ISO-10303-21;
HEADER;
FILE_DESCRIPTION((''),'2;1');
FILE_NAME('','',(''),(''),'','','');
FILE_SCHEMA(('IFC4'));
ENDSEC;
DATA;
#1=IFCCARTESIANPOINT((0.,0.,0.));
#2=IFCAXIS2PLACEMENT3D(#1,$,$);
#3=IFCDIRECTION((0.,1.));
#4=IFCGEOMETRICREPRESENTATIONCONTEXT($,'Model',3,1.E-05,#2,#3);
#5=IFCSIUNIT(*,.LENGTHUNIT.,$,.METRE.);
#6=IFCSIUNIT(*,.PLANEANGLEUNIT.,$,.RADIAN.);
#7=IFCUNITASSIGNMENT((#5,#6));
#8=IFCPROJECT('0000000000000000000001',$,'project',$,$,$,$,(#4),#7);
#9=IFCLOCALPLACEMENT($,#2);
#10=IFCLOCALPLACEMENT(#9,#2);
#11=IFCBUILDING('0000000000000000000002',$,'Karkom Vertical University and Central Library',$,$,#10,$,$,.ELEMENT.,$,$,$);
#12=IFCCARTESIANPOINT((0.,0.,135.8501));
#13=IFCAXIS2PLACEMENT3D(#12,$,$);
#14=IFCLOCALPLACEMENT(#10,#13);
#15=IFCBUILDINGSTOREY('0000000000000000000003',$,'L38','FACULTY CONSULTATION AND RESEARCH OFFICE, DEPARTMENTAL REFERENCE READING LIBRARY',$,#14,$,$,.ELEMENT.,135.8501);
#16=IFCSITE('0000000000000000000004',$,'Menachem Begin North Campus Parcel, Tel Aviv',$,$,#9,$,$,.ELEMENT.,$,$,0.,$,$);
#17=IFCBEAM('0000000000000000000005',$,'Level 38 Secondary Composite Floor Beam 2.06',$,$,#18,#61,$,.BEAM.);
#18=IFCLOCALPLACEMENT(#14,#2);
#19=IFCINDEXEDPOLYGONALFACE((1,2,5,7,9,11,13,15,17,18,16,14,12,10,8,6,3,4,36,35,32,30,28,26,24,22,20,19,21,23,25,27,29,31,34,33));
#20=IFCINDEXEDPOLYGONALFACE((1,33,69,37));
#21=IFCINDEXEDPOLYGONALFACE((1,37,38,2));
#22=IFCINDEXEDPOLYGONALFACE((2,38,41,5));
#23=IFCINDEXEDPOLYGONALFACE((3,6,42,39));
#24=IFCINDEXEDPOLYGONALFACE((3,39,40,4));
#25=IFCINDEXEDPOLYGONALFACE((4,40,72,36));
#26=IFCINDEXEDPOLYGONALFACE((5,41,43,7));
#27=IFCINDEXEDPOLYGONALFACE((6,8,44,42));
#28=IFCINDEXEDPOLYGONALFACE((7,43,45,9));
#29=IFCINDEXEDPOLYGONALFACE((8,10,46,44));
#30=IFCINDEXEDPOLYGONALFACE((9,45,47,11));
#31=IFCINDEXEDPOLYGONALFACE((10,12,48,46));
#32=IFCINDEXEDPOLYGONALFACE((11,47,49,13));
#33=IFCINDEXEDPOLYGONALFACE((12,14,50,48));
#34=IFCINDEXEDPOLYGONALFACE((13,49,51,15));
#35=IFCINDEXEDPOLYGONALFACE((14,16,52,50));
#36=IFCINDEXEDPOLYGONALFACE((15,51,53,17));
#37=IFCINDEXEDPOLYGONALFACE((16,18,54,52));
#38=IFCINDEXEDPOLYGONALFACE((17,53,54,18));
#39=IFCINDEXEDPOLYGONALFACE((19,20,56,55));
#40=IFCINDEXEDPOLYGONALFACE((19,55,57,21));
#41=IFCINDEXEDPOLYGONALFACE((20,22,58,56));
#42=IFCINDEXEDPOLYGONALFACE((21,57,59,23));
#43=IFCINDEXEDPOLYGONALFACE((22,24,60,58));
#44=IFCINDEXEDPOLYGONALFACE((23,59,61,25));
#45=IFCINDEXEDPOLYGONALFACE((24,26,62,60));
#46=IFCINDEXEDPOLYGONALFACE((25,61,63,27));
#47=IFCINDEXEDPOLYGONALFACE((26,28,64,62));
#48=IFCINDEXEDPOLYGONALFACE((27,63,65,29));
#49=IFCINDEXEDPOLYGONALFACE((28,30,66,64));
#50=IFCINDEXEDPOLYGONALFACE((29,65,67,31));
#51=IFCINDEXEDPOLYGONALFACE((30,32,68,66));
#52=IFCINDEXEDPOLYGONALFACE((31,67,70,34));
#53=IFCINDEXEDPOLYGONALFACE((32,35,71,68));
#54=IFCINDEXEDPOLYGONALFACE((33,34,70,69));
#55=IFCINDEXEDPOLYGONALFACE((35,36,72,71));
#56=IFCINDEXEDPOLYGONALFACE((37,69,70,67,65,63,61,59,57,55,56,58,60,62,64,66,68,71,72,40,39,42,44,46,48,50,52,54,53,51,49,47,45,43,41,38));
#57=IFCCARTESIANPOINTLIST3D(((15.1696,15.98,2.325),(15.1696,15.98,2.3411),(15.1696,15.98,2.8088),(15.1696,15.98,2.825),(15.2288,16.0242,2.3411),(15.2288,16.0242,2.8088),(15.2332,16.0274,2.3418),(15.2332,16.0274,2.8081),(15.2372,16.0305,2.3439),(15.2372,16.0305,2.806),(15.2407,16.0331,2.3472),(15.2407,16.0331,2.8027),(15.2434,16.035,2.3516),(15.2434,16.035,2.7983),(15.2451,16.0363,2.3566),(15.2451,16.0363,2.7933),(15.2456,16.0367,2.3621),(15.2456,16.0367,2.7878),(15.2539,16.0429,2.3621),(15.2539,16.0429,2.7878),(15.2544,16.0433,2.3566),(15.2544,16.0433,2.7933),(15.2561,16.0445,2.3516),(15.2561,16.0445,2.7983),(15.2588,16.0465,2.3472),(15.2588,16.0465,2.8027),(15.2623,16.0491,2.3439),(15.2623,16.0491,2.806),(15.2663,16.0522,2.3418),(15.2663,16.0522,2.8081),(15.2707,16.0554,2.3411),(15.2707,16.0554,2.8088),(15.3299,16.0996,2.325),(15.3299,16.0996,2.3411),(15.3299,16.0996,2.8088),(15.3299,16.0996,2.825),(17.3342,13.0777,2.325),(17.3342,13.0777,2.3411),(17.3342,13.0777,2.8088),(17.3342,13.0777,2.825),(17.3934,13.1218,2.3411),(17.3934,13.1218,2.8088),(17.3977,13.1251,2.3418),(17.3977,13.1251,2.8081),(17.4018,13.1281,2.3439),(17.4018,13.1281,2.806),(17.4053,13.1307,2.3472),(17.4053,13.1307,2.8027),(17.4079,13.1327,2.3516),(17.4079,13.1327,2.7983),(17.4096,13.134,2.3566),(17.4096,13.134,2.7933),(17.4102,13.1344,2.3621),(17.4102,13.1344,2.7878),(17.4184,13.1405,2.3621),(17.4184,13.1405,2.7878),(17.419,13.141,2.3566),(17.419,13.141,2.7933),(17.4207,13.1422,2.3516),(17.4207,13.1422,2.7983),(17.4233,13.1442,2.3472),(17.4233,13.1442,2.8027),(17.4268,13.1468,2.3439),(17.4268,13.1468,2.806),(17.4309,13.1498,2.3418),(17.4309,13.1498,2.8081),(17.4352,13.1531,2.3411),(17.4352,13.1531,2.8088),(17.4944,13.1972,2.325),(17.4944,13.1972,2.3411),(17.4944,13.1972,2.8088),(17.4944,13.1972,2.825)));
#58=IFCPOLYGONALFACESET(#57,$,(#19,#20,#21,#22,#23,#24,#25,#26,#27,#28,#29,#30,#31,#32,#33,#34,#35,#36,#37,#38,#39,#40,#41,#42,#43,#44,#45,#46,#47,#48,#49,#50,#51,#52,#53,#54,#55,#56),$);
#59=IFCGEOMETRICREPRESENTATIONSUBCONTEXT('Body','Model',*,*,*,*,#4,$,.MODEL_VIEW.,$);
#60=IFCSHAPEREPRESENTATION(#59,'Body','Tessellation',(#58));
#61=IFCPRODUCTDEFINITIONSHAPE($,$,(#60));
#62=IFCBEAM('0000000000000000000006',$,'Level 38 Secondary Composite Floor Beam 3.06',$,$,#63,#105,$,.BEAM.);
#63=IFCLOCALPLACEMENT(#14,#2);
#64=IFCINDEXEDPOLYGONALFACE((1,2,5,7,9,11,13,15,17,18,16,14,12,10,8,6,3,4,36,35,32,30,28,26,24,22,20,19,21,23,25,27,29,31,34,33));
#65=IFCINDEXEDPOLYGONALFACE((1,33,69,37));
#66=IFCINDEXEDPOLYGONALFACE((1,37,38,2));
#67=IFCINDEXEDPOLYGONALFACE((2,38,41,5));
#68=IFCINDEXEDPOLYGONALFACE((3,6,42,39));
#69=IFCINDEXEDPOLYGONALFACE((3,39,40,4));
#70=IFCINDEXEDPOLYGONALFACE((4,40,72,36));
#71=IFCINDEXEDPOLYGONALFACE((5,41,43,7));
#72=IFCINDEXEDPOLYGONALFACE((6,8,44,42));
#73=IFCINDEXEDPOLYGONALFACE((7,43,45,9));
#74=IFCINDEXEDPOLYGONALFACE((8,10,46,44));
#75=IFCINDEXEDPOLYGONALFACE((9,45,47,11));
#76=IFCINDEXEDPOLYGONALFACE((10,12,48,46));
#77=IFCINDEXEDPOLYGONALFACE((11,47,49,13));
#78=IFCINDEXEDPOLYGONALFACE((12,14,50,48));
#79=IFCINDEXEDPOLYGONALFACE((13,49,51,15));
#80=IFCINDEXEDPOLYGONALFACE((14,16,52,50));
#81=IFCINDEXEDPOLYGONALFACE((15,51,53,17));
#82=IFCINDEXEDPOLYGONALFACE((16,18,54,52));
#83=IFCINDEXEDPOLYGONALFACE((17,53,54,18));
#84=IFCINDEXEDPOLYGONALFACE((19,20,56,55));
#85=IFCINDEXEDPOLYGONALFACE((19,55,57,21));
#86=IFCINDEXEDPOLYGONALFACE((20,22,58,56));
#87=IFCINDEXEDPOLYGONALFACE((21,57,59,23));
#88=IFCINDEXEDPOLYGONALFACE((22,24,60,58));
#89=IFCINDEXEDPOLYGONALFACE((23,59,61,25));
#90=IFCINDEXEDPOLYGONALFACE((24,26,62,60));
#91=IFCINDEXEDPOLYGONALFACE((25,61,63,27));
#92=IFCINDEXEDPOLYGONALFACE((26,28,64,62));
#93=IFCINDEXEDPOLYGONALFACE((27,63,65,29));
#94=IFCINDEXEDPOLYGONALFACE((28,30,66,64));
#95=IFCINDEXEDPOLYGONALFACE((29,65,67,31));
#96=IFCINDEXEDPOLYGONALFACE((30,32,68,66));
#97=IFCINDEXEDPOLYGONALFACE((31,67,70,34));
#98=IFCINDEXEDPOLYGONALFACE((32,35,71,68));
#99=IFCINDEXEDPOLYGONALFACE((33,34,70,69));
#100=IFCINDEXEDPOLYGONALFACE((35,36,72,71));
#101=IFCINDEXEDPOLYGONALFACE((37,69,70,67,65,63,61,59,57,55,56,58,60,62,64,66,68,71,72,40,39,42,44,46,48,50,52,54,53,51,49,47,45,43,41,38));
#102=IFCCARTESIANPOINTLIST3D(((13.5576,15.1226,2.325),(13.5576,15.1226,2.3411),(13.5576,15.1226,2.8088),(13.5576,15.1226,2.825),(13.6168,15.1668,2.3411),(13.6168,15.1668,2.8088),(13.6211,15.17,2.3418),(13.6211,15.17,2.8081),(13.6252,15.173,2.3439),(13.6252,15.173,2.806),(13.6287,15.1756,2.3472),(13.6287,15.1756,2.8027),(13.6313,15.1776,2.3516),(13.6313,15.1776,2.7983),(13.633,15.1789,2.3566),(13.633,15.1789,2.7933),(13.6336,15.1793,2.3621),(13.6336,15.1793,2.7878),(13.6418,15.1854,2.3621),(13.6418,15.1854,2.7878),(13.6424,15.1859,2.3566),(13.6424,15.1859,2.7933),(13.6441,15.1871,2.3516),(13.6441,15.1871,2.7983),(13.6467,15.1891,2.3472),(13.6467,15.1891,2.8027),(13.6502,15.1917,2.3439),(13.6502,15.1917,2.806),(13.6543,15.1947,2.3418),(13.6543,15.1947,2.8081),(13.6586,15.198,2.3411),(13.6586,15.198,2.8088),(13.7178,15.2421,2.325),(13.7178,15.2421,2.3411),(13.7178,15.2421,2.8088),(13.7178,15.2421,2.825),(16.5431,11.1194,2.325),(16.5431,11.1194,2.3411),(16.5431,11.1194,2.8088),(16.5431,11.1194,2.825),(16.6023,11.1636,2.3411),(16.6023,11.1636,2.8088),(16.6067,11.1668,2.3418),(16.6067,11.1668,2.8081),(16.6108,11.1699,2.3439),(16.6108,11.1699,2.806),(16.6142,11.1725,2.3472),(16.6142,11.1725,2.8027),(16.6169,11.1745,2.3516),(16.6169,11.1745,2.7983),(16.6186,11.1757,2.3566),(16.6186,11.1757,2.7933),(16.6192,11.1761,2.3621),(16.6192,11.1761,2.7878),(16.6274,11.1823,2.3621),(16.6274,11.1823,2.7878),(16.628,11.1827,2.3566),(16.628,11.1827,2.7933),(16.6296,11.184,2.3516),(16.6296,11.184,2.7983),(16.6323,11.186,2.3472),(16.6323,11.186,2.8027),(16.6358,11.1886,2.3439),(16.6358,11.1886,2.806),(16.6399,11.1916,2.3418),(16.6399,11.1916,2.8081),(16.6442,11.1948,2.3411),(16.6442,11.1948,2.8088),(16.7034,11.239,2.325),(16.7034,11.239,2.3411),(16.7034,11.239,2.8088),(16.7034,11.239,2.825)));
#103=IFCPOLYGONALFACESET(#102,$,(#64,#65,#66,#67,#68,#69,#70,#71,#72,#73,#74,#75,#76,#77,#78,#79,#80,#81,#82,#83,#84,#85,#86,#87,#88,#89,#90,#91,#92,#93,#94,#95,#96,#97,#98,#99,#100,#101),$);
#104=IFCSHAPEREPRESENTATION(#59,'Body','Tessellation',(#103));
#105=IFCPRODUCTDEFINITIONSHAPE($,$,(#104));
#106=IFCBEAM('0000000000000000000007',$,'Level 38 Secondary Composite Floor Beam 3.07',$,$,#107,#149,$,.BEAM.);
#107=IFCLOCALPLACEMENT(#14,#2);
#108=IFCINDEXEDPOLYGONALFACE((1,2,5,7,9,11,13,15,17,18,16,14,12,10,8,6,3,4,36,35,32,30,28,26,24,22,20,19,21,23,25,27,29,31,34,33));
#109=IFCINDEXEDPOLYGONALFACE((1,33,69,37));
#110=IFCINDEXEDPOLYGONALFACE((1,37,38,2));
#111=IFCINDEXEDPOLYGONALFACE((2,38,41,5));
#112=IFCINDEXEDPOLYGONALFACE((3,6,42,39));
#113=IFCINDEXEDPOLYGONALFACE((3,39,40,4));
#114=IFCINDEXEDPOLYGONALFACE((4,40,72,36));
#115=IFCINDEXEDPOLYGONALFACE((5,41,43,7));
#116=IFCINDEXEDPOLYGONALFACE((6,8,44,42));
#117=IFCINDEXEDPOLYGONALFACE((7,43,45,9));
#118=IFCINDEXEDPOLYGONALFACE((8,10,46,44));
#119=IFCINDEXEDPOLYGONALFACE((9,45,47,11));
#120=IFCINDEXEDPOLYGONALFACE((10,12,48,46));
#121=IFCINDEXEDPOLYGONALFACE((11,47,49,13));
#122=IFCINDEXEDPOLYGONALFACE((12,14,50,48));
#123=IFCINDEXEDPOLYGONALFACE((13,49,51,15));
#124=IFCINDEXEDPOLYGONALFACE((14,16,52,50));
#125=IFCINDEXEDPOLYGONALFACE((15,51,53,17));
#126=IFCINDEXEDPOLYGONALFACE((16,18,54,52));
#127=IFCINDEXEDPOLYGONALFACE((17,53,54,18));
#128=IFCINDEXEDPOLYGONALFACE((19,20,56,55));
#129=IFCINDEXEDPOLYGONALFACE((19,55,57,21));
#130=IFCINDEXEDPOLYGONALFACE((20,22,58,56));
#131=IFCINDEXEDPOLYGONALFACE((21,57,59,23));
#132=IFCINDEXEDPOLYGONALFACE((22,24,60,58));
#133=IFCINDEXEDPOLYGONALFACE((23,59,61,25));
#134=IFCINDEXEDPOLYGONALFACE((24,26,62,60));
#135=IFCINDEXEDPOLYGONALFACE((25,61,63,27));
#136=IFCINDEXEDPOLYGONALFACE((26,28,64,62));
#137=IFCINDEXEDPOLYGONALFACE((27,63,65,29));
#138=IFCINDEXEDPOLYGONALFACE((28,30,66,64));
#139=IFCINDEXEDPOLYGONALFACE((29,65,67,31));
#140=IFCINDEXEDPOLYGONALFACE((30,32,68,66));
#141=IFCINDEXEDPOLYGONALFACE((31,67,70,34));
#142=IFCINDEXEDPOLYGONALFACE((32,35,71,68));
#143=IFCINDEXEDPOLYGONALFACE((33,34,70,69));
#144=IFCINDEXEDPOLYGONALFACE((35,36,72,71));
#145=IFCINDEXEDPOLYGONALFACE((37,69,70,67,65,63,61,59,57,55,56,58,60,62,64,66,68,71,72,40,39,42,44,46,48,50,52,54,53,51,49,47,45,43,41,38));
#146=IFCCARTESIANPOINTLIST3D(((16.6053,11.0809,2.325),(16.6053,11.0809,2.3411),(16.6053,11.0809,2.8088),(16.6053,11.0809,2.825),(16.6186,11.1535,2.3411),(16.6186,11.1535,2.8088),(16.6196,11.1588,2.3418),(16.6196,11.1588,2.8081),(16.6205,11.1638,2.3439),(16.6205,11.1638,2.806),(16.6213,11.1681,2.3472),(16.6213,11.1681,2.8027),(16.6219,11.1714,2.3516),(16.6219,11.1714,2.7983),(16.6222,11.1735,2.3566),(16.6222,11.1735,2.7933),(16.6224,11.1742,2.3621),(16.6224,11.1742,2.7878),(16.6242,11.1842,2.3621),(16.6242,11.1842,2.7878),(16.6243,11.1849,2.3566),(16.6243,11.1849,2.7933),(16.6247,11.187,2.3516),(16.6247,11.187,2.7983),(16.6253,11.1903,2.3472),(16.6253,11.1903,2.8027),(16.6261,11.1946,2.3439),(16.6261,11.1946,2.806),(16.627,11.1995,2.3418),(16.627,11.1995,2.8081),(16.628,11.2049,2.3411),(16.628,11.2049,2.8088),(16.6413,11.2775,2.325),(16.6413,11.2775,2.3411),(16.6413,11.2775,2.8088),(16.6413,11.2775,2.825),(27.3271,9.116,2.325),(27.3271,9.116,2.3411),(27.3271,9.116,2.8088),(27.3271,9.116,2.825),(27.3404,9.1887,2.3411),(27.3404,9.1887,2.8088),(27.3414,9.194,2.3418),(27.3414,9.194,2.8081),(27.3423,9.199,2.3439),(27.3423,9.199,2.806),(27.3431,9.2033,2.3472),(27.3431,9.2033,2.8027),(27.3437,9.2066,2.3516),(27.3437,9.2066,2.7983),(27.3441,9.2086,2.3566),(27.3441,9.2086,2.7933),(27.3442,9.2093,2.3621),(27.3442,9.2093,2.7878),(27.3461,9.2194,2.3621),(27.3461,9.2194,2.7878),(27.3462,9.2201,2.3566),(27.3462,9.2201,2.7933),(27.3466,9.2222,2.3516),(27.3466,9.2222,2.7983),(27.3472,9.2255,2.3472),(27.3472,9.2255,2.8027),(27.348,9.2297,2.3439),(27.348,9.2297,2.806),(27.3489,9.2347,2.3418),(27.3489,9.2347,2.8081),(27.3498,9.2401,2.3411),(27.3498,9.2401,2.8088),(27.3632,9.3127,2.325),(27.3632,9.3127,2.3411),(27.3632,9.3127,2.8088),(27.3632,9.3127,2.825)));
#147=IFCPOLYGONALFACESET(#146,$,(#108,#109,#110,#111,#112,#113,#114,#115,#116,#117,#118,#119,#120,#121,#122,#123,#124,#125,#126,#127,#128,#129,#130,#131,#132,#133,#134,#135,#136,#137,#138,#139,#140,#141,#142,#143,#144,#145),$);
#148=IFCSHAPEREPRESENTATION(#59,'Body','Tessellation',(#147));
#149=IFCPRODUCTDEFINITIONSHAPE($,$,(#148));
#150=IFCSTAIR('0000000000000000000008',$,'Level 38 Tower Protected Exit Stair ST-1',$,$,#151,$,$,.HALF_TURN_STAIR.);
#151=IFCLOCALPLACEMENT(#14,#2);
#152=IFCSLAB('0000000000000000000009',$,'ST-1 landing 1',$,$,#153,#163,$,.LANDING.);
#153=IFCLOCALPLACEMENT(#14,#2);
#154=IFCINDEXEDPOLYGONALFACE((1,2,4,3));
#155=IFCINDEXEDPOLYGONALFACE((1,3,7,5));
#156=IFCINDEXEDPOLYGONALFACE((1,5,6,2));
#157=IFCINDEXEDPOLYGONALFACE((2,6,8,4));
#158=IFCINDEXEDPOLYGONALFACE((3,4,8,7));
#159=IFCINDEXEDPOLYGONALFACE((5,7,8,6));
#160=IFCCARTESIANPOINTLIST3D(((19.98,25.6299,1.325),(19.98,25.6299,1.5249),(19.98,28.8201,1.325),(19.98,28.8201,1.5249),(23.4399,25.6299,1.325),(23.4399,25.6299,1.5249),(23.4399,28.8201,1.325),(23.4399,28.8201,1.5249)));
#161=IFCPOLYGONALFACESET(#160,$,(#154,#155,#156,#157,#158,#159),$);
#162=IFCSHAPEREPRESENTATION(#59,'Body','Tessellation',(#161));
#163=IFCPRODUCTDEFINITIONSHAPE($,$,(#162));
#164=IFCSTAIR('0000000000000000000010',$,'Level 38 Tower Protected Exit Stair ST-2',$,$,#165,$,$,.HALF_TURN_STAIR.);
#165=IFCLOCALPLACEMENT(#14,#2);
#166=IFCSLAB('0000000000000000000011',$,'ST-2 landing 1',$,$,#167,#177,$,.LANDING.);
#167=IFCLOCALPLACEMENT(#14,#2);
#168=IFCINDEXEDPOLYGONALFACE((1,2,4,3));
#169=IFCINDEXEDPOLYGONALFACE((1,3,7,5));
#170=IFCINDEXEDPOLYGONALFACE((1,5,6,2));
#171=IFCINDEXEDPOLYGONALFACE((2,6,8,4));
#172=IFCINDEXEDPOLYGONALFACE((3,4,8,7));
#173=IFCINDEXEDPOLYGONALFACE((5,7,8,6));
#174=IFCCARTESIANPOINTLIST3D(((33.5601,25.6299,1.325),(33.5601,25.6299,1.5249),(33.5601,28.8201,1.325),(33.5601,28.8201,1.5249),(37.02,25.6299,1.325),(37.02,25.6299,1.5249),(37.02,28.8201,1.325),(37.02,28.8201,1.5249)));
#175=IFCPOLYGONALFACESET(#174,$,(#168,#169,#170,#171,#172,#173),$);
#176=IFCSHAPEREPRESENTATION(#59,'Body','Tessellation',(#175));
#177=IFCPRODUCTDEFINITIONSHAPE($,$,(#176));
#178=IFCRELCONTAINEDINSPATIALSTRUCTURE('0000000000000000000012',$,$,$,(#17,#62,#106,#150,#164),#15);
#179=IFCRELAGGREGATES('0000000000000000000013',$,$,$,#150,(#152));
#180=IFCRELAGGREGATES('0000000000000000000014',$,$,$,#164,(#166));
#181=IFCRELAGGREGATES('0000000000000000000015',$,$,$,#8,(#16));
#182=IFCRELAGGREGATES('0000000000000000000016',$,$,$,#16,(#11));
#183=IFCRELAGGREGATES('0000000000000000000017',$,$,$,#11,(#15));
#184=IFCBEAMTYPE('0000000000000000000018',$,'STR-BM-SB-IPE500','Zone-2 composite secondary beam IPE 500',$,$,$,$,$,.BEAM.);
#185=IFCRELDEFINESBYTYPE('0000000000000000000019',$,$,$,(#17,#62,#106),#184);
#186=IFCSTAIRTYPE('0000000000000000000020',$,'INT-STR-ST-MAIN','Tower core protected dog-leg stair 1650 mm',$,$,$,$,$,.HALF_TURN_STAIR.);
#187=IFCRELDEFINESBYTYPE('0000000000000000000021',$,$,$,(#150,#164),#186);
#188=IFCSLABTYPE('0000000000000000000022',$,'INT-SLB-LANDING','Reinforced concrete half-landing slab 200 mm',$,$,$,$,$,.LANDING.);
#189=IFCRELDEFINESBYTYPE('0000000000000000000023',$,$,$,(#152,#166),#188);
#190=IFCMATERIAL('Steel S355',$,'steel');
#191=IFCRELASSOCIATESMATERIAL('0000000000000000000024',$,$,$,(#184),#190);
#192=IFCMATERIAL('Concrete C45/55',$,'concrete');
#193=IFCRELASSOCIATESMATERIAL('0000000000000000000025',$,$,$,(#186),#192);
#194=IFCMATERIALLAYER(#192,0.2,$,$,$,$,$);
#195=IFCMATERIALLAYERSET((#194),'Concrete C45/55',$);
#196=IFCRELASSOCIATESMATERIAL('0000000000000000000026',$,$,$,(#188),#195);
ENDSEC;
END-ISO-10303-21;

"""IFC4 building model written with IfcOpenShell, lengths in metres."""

from ifc_helpers import new_model, si_unit, direction, frame, origin, origin_with_axes, origin_2d, place, context, subcontext, project, spatial, polyline, i_section, outline, extrude, source, transform, mapped, material, layer, layer_set, material_profile, profile_set, type_object, element, aggregate, save


model = new_model("IFC4")

# Units and contexts
model_context = context("Model", 3, precision=1e-05, world=origin(), true_north=direction((0.0, 1.0)))
body_context = subcontext(model_context, "Body", "Model", "MODEL_VIEW")
ifc_project = project(units=[si_unit("LENGTHUNIT", "METRE"), si_unit("PLANEANGLEUNIT", "RADIAN")], contexts=[model_context])

# Site, building, storey
site_placement = place(None, origin())
site = spatial("IfcSite", under=ifc_project, at=site_placement, Name="Menachem Begin North Campus Parcel, Tel Aviv", CompositionType="ELEMENT", RefElevation=0.0)
building_placement = place(site_placement, origin())
building = spatial("IfcBuilding", under=site, at=building_placement, Name="Karkom Vertical University and Central Library", CompositionType="ELEMENT")
storey_placement = place(building_placement, frame((0.0, 0.0, 135.8501)))
storey = spatial("IfcBuildingStorey", under=building, at=storey_placement, Name="L38", Description="FACULTY CONSULTATION AND RESEARCH OFFICE, DEPARTMENTAL REFERENCE READING LIBRARY", CompositionType="ELEMENT", Elevation=135.8501)

# Beams
ifc_material_1 = material(Name="Steel S355", Category="steel")
ifc_material_profile_1 = material_profile(ifc_material_1, i_section(OverallWidth=0.2, OverallDepth=0.5, WebThickness=0.0103, FlangeThickness=0.0161, FilletRadius=0.021, at=origin_2d()), Name="IPE 500")
ifc_profile_set_1 = profile_set([ifc_material_profile_1], Name="Steel S355")
beam_type_1 = type_object("IfcBeamType", Name="STR-BM-SB-IPE500", Description="Zone-2 composite secondary beam IPE 500", PredefinedType="BEAM", material=ifc_profile_set_1)
shared_shape_1 = source(origin_with_axes(), body_context, "Body", "SweptSolid", [
    extrude(i_section(OverallWidth=0.2, OverallDepth=0.5, WebThickness=0.0103, FlangeThickness=0.0161, FilletRadius=0.021, at=origin_2d()), origin(), (0.0, 0.0, 1.0), 3.6206),
])
beam_1_placement = place(storey_placement, frame((15.2498, 16.0398, 2.575), z_axis=(0.59784, -0.801615, 0.0), x_axis=(0.801615, 0.59784, 0.0)))
element("IfcBeam", 1, at=beam_1_placement, inside=storey, type_object=beam_type_1, Name="Level 38 Secondary Composite Floor Beam 2.06", PredefinedType="BEAM", context=body_context, shape_type="MappedRepresentation", body=[
    mapped(shared_shape_1, transform((0.0, 0.0, 0.0), scale=1.0)),
])
shared_shape_2 = source(origin_with_axes(), body_context, "Body", "SweptSolid", [
    extrude(i_section(OverallWidth=0.2, OverallDepth=0.5, WebThickness=0.0103, FlangeThickness=0.0161, FilletRadius=0.021, at=origin_2d()), origin(), (0.0, 0.0, 1.0), 4.9939),
])
beam_2_placement = place(storey_placement, frame((13.6377, 15.1824, 2.575), z_axis=(0.597847, -0.80161, 0.0), x_axis=(0.80161, 0.597847, 0.0)))
element("IfcBeam", 2, at=beam_2_placement, inside=storey, type_object=beam_type_1, Name="Level 38 Secondary Composite Floor Beam 3.06", PredefinedType="BEAM", context=body_context, shape_type="MappedRepresentation", body=[
    mapped(shared_shape_2, transform((0.0, 0.0, 0.0), scale=1.0)),
])
shared_shape_3 = source(origin_with_axes(), body_context, "Body", "SweptSolid", [
    extrude(i_section(OverallWidth=0.2, OverallDepth=0.5, WebThickness=0.0103, FlangeThickness=0.0161, FilletRadius=0.021, at=origin_2d()), origin(), (0.0, 0.0, 1.0), 10.9004),
])
beam_3_placement = place(storey_placement, frame((16.6233, 11.1792, 2.575), z_axis=(0.98362, -0.180253, 0.0), x_axis=(0.180253, 0.98362, 0.0)))
element("IfcBeam", 3, at=beam_3_placement, inside=storey, type_object=beam_type_1, Name="Level 38 Secondary Composite Floor Beam 3.07", PredefinedType="BEAM", context=body_context, shape_type="MappedRepresentation", body=[
    mapped(shared_shape_3, transform((0.0, 0.0, 0.0), scale=1.0)),
])

# Stairs, slabs
ifc_material_2 = material(Name="Concrete C45/55", Category="concrete")
stair_type = type_object("IfcStairType", Name="INT-STR-ST-MAIN", Description="Tower core protected dog-leg stair 1650 mm", PredefinedType="HALF_TURN_STAIR", material=ifc_material_2)
stair_1_placement = place(storey_placement, origin())
stair_1 = element("IfcStair", 4, at=stair_1_placement, inside=storey, type_object=stair_type, Name="Level 38 Tower Protected Exit Stair ST-1", PredefinedType="HALF_TURN_STAIR")
ifc_layer_1 = layer(ifc_material_2, 0.2)
ifc_layer_set_1 = layer_set([ifc_layer_1], Name="Concrete C45/55")
slab_type_1 = type_object("IfcSlabType", Name="INT-SLB-LANDING", Description="Reinforced concrete half-landing slab 200 mm", PredefinedType="LANDING", material=ifc_layer_set_1)
slab_1_placement = place(storey_placement, frame((0.0, 0.0, 1.325)))
slab_1 = element("IfcSlab", 5, at=slab_1_placement, type_object=slab_type_1, Name="ST-1 landing 1", PredefinedType="LANDING", context=body_context, shape_type="SweptSolid", body=[
    extrude(outline(polyline([(23.4399, 25.6299), (23.4399, 28.8201), (19.98, 28.8201), (19.98, 25.6299), (23.4399, 25.6299)])), origin(), (0.0, 0.0, 1.0), 0.2),
])
aggregate(stair_1, [slab_1])
stair_2_placement = place(storey_placement, origin())
stair_2 = element("IfcStair", 6, at=stair_2_placement, inside=storey, type_object=stair_type, Name="Level 38 Tower Protected Exit Stair ST-2", PredefinedType="HALF_TURN_STAIR")
slab_2_placement = place(storey_placement, frame((0.0, 0.0, 1.325)))
slab_2 = element("IfcSlab", 7, at=slab_2_placement, type_object=slab_type_1, Name="ST-2 landing 1", PredefinedType="LANDING", context=body_context, shape_type="SweptSolid", body=[
    extrude(outline(polyline([(37.02, 25.6299), (37.02, 28.8201), (33.5601, 28.8201), (33.5601, 25.6299), (37.02, 25.6299)])), origin(), (0.0, 0.0, 1.0), 0.2),
])
aggregate(stair_2, [slab_2])

save(model, "model.ifc")
